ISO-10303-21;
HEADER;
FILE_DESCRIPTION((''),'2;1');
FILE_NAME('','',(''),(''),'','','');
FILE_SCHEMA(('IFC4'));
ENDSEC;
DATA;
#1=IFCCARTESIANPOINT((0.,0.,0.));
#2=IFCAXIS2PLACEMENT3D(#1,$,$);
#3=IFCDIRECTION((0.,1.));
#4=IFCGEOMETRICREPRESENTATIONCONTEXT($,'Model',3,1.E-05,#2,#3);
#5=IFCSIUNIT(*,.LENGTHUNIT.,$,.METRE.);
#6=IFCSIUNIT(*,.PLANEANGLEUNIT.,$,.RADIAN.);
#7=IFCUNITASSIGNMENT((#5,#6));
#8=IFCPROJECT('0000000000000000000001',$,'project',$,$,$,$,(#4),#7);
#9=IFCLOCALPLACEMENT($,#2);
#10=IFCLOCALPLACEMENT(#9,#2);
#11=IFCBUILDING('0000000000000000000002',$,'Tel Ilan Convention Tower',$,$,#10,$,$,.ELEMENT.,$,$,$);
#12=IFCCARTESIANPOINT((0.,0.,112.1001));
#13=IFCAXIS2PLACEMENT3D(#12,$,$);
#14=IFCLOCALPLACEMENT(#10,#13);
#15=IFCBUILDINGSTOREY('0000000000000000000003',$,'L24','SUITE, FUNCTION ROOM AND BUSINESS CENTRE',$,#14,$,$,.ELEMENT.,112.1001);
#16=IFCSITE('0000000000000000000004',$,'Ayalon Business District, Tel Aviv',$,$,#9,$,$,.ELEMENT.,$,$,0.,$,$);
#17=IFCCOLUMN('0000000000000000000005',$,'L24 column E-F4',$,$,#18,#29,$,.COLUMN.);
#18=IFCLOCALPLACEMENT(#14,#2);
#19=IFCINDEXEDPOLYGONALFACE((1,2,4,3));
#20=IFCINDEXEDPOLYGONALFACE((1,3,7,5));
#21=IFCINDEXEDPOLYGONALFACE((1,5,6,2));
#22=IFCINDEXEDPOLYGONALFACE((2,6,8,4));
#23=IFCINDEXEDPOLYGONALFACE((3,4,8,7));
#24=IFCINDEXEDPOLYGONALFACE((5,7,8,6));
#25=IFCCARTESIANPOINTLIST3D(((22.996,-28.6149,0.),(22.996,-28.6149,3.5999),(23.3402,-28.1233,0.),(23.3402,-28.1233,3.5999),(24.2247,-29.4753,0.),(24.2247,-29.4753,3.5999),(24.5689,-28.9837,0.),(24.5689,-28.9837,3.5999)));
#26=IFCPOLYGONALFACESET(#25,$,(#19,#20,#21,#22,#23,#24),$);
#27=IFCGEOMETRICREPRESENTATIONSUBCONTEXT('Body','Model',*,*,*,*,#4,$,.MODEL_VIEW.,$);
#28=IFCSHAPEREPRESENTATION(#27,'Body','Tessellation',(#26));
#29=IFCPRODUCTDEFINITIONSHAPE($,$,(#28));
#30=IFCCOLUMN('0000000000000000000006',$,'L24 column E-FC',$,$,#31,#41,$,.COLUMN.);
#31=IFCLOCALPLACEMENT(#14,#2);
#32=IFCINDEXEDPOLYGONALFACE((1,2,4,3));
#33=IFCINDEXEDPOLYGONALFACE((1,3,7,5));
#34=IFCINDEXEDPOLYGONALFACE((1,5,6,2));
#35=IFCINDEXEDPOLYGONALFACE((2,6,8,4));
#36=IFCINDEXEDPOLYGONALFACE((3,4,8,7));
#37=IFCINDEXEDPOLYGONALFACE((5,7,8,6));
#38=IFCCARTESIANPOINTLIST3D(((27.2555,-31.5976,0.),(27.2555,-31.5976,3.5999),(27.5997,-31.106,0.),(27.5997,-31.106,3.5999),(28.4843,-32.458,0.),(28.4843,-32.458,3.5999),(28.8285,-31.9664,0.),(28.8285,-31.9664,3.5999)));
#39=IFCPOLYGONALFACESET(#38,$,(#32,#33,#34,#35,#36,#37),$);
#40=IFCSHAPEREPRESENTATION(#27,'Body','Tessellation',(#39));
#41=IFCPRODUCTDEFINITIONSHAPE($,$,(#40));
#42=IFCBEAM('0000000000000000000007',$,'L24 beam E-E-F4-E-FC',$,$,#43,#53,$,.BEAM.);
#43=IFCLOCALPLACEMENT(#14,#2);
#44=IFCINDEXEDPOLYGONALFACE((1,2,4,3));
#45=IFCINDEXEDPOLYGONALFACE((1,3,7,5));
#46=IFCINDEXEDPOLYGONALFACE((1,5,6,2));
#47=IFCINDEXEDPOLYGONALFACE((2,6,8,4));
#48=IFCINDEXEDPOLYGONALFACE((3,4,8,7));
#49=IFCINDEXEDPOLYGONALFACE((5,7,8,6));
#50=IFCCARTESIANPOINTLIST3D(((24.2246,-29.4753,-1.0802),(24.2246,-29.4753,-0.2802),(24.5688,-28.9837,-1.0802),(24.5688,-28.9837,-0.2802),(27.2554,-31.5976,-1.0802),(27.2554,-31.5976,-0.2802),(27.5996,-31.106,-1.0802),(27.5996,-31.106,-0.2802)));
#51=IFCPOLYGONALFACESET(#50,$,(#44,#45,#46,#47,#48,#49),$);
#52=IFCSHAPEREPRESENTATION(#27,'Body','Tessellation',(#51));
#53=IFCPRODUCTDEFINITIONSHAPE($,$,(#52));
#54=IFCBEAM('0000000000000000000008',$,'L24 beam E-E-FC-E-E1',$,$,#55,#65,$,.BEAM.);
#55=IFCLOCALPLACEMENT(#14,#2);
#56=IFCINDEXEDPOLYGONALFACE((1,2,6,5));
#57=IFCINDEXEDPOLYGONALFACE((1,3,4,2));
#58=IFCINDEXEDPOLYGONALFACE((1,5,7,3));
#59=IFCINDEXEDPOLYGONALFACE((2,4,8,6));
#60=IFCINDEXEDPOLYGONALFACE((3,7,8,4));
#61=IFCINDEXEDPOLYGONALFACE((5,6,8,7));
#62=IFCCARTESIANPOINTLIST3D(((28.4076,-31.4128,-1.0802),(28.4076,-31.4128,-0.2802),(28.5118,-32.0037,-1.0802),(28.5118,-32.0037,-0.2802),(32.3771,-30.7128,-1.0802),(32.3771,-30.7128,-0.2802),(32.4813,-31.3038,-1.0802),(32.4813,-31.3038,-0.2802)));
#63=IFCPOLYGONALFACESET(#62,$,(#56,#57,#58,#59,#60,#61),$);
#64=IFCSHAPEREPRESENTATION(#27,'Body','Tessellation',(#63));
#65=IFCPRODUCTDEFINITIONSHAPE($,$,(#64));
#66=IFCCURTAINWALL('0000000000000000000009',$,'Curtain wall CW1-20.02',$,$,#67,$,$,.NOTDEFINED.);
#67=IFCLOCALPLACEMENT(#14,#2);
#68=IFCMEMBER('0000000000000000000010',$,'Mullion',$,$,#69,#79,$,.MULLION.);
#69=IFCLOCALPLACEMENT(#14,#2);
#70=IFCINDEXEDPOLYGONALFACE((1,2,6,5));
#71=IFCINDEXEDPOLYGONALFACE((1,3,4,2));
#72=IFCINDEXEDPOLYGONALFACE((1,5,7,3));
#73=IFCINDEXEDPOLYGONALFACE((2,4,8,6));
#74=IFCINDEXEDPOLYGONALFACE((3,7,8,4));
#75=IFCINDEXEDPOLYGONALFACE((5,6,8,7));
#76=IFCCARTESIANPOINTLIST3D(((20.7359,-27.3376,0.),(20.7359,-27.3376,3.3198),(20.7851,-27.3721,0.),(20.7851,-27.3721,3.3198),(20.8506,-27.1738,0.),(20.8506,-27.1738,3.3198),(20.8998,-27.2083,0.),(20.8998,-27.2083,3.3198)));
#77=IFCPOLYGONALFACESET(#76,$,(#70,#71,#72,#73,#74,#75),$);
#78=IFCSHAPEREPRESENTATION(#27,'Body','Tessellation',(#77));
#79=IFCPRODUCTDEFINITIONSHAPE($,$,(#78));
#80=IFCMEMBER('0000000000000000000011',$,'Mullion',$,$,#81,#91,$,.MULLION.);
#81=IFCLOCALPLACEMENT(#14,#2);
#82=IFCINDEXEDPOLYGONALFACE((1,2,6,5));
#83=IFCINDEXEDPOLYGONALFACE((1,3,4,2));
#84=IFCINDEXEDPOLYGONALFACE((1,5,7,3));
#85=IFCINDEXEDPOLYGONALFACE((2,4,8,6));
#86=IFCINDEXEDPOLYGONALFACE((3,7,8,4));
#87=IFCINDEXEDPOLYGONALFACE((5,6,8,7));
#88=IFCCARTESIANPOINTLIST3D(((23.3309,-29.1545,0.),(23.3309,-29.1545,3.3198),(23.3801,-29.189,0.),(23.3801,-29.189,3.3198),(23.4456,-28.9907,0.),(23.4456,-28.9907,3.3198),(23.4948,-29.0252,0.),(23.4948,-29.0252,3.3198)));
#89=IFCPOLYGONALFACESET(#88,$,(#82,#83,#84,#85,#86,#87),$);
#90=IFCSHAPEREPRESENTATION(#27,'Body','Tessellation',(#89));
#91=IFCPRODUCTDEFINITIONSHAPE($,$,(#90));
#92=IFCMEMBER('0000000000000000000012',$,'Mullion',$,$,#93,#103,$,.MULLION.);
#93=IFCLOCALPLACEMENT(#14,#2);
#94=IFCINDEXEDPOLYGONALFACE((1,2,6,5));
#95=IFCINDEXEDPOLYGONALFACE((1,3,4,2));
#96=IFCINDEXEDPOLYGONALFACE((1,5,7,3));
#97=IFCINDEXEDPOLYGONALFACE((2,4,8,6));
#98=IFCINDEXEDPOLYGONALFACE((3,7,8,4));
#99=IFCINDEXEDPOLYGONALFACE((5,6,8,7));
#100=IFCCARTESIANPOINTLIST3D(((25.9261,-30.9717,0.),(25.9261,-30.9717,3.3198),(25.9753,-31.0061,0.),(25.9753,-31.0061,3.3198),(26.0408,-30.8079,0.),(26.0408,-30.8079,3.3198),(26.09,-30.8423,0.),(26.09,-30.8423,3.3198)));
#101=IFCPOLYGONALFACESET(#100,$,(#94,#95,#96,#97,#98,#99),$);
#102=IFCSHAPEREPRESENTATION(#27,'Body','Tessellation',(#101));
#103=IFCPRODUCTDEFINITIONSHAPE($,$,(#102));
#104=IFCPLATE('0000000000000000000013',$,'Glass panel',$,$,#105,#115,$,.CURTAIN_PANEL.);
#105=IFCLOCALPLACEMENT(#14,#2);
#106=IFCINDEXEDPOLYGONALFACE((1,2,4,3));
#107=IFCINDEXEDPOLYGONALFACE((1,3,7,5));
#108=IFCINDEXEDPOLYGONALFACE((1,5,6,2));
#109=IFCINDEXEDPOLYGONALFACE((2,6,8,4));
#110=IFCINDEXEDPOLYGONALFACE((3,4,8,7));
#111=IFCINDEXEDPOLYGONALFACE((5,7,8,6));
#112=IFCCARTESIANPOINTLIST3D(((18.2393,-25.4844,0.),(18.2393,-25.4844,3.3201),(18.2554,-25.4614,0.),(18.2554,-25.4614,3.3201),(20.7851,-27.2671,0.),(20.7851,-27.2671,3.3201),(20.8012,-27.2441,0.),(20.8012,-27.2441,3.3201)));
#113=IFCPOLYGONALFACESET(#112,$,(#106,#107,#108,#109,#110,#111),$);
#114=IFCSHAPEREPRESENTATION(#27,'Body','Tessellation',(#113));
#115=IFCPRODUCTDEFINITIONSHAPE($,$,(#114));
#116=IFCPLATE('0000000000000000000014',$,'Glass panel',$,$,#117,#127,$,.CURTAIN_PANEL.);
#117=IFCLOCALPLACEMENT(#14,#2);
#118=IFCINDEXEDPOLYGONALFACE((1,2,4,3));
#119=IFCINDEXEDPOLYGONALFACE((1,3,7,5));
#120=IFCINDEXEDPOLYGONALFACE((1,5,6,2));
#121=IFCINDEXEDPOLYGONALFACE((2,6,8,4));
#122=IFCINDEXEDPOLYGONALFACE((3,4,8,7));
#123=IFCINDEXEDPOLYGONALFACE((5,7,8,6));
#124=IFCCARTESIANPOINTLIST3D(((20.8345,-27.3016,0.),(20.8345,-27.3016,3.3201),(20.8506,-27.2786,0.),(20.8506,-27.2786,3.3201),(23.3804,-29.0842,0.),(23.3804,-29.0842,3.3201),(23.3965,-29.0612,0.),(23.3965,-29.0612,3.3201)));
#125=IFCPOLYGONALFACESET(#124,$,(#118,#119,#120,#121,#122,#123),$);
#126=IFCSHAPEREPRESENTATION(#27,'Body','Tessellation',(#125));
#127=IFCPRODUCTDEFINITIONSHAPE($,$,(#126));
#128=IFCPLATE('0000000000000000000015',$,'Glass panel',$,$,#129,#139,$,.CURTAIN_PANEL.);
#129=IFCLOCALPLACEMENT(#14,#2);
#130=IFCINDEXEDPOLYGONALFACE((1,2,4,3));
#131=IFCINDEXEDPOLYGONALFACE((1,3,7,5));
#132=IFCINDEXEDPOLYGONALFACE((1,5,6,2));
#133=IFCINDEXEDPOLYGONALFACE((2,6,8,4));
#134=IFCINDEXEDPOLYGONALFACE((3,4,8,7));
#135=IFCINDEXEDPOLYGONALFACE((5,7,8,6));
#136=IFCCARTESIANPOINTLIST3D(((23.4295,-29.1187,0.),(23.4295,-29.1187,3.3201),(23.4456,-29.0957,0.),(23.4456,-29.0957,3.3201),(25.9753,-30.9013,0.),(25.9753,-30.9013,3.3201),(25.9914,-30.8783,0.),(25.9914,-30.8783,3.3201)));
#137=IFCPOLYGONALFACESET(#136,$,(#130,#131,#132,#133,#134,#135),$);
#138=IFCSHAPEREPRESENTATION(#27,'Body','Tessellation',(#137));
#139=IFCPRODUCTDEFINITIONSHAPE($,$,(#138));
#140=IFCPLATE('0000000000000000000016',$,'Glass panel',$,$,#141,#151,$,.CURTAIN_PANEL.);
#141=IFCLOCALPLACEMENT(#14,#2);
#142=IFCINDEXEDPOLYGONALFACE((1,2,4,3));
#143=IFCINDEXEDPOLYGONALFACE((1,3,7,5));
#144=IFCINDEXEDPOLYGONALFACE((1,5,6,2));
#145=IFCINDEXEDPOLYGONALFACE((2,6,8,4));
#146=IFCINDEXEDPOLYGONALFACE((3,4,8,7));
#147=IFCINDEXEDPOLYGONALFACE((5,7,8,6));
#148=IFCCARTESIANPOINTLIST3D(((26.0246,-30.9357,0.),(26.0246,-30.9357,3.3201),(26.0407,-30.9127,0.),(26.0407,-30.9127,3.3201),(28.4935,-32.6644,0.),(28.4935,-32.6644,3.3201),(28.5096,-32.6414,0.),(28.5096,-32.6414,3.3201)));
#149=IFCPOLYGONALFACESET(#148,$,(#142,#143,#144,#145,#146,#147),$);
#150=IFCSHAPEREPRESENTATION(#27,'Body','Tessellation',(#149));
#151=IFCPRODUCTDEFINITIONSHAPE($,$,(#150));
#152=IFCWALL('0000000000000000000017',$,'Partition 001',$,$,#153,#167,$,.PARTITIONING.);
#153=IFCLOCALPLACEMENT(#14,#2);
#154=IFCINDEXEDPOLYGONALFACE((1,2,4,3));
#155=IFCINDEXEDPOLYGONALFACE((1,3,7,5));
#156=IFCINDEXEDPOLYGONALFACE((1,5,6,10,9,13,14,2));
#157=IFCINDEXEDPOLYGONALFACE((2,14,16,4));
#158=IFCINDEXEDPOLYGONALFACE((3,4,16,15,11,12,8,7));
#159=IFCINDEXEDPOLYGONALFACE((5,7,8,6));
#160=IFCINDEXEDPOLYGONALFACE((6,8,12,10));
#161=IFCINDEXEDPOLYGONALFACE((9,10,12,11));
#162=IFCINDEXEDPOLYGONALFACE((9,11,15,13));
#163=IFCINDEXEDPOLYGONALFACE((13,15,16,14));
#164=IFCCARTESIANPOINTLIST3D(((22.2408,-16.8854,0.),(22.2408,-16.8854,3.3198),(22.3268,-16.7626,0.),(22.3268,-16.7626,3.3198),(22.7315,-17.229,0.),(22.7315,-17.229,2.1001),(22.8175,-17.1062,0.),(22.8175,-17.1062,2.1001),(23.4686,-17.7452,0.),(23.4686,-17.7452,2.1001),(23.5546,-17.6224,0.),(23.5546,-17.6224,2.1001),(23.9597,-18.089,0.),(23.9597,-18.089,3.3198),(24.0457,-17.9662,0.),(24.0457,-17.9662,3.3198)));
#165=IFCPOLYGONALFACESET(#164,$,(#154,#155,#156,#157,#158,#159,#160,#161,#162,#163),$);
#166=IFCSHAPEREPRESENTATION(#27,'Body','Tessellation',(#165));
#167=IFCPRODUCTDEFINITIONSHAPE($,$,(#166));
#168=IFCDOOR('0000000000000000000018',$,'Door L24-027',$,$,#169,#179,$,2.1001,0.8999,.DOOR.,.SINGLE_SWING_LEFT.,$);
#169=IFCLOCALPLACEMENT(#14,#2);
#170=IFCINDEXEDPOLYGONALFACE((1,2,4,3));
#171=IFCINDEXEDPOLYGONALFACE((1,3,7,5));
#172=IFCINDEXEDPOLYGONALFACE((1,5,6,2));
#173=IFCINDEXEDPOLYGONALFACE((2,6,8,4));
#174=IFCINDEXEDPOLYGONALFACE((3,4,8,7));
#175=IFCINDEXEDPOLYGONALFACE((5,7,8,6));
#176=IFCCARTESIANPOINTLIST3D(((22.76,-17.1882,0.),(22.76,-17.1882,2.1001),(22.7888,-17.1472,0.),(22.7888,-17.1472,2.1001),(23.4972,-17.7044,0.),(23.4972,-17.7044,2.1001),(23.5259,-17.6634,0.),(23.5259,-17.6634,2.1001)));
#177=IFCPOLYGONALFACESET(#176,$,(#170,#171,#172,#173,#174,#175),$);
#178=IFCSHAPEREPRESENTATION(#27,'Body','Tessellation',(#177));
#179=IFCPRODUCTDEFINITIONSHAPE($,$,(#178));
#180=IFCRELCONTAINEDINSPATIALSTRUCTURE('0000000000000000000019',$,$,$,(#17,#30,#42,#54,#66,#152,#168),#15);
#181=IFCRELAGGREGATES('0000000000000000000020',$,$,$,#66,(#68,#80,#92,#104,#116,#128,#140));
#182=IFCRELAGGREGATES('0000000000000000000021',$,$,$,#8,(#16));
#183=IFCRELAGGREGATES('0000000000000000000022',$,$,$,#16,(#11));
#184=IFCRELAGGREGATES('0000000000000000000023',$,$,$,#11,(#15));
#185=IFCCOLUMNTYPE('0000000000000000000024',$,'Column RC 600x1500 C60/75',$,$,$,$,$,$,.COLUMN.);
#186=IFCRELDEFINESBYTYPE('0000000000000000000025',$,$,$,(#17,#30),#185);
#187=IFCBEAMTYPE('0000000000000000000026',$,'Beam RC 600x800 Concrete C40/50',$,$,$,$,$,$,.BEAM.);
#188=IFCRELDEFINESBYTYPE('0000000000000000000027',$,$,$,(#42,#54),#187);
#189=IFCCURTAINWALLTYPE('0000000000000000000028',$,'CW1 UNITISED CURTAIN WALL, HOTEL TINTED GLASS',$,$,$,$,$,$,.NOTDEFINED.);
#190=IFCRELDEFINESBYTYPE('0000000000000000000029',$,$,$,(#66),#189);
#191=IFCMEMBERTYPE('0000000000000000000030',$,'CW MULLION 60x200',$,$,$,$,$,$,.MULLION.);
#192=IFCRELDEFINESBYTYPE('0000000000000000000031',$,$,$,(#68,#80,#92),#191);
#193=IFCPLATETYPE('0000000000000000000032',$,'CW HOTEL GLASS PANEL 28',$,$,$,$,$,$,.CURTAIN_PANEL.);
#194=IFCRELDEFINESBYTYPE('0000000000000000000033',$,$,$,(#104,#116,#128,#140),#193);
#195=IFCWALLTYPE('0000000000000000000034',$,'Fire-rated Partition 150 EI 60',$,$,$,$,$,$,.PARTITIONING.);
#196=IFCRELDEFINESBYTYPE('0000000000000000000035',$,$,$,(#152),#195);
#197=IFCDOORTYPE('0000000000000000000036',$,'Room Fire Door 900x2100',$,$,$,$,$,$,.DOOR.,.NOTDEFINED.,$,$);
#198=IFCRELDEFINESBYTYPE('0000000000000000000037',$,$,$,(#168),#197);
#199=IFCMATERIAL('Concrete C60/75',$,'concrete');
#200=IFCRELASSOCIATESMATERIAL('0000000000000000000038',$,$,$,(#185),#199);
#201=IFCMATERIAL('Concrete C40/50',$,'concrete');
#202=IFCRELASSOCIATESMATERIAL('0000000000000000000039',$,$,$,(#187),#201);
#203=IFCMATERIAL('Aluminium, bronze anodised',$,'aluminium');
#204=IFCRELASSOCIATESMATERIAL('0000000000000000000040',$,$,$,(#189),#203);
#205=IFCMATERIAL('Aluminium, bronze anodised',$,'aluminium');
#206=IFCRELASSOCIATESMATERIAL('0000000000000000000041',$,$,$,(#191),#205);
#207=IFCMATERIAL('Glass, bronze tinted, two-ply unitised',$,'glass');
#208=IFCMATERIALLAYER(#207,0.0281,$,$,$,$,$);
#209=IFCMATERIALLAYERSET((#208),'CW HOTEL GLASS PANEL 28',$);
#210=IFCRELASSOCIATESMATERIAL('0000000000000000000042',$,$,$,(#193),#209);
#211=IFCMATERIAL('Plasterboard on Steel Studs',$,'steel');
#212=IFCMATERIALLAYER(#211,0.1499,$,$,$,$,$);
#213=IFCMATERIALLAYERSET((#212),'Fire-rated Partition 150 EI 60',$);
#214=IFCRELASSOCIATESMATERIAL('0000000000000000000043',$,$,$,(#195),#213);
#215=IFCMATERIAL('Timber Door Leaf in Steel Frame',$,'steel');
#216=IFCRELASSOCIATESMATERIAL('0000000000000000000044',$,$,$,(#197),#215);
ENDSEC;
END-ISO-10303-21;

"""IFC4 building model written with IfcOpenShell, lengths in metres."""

from ifc_helpers import new_model, si_unit, direction, frame, frame_2d, origin, origin_2d, place, context, subcontext, project, spatial, rectangle, extrude, material, layer, layer_set, material_profile, profile_set, type_object, element, fill, aggregate, save


model = new_model("IFC4")

# Units and contexts
model_context = context("Model", 3, precision=1e-05, world=origin(), true_north=direction((0.0, 1.0)))
body_context = subcontext(model_context, "Body", "Model", "MODEL_VIEW")
ifc_project = project(units=[si_unit("LENGTHUNIT", "METRE"), si_unit("PLANEANGLEUNIT", "RADIAN")], contexts=[model_context])

# Site, building, storey
site_placement = place(None, origin())
site = spatial("IfcSite", under=ifc_project, at=site_placement, Name="Ayalon Business District, Tel Aviv", CompositionType="ELEMENT", RefElevation=0.0)
building_placement = place(site_placement, origin())
building = spatial("IfcBuilding", under=site, at=building_placement, Name="Tel Ilan Convention Tower", CompositionType="ELEMENT")
storey_placement = place(building_placement, frame((0.0, 0.0, 112.1001)))
storey = spatial("IfcBuildingStorey", under=building, at=storey_placement, Name="L24", Description="SUITE, FUNCTION ROOM AND BUSINESS CENTRE", CompositionType="ELEMENT", Elevation=112.1001)

# Columns
ifc_material_1 = material(Name="Concrete C60/75", Category="concrete")
ifc_material_profile_1 = material_profile(ifc_material_1, rectangle(XDim=1.5, YDim=0.6001, at=origin_2d()), Name="RC 600x1500")
ifc_profile_set_1 = profile_set([ifc_material_profile_1], Name="Concrete C60/75")
column_type = type_object("IfcColumnType", Name="Column RC 600x1500 C60/75", PredefinedType="COLUMN", material=ifc_profile_set_1)
for number, where, z_axis, x_axis, name in (
    (1, (23.7825, -28.7993, 0.0), (0.0, 0.0, 1.0), (0.819152, -0.573576, 0.0), "L24 column E-F4"),
    (2, (28.042, -31.782, 0.0), (0.0, 0.0, 1.0), (0.819152, -0.573576, 0.0), "L24 column E-FC"),
):
    element("IfcColumn", number, at=place(storey_placement, frame(where, z_axis=z_axis, x_axis=x_axis)), inside=storey, type_object=column_type, Name=name, PredefinedType="COLUMN", context=body_context, shape_type="SweptSolid", body=[
        extrude(rectangle(XDim=1.5, YDim=0.6001, at=origin_2d()), origin(), (0.0, 0.0, 1.0), 3.5999),
    ])

# Beams
ifc_material_2 = material(Name="Concrete C40/50", Category="concrete")
ifc_material_profile_2 = material_profile(ifc_material_2, rectangle(XDim=0.6001, YDim=0.8, at=origin_2d()), Name="RC 600x800")
ifc_profile_set_2 = profile_set([ifc_material_profile_2], Name="Concrete C40/50")
beam_type = type_object("IfcBeamType", Name="Beam RC 600x800 Concrete C40/50", PredefinedType="BEAM", material=ifc_profile_set_2)
beam_1_placement = place(storey_placement, frame((24.3967, -29.2295, -0.6802), z_axis=(0.819133, -0.573604, 0.0), x_axis=(0.573604, 0.819133, 0.0)))
element("IfcBeam", 3, at=beam_1_placement, inside=storey, type_object=beam_type, Name="L24 beam E-E-F4-E-FC", PredefinedType="BEAM", context=body_context, shape_type="SweptSolid", body=[
    extrude(rectangle(XDim=0.6001, YDim=0.8, at=origin_2d()), origin(), (0.0, 0.0, 1.0), 3.7),
])
beam_2_placement = place(storey_placement, frame((28.4597, -31.7083, -0.6802), z_axis=(0.984807, 0.173654, 0.0), x_axis=(-0.173654, 0.984807, 0.0)))
element("IfcBeam", 4, at=beam_2_placement, inside=storey, type_object=beam_type, Name="L24 beam E-E-FC-E-E1", PredefinedType="BEAM", context=body_context, shape_type="SweptSolid", body=[
    extrude(rectangle(XDim=0.6001, YDim=0.8, at=origin_2d()), origin(), (0.0, 0.0, 1.0), 4.0308),
])

# Curtain wall, members, plates
ifc_material_3 = material(Name="Aluminium, bronze anodised", Category="aluminium")
curtain_wall_type = type_object("IfcCurtainWallType", Name="CW1 UNITISED CURTAIN WALL, HOTEL TINTED GLASS", PredefinedType="NOTDEFINED", material=ifc_material_3)
curtain_wall_placement = place(storey_placement, origin())
curtain_wall = element("IfcCurtainWall", 5, at=curtain_wall_placement, inside=storey, type_object=curtain_wall_type, Name="Curtain wall CW1-20.02", PredefinedType="NOTDEFINED")
ifc_material_4 = material(Name="Aluminium, bronze anodised", Category="aluminium")
ifc_material_profile_3 = material_profile(ifc_material_4, rectangle(XDim=0.0601, YDim=0.2, at=origin_2d()), Name="CW MULLION 60x200")
ifc_profile_set_3 = profile_set([ifc_material_profile_3], Name="Aluminium, bronze anodised")
member_type = type_object("IfcMemberType", Name="CW MULLION 60x200", PredefinedType="MULLION", material=ifc_profile_set_3)
member_1_placement = place(storey_placement, frame((20.8179, -27.2729, 0.0), z_axis=(0.0, 0.0, 1.0), x_axis=(0.819152, -0.573576, 0.0)))
member_1 = element("IfcMember", 6, at=member_1_placement, type_object=member_type, Name="Mullion", PredefinedType="MULLION", context=body_context, shape_type="SweptSolid", body=[
    extrude(rectangle(XDim=0.0601, YDim=0.2, at=origin_2d()), origin(), (0.0, 0.0, 1.0), 3.3198),
])
member_2_placement = place(storey_placement, frame((23.4128, -29.0898, 0.0), z_axis=(0.0, 0.0, 1.0), x_axis=(0.819152, -0.573576, 0.0)))
member_2 = element("IfcMember", 7, at=member_2_placement, type_object=member_type, Name="Mullion", PredefinedType="MULLION", context=body_context, shape_type="SweptSolid", body=[
    extrude(rectangle(XDim=0.0601, YDim=0.2, at=origin_2d()), origin(), (0.0, 0.0, 1.0), 3.3198),
])
member_3_placement = place(storey_placement, frame((26.0081, -30.907, 0.0), z_axis=(0.0, 0.0, 1.0), x_axis=(0.819152, -0.573576, 0.0)))
member_3 = element("IfcMember", 8, at=member_3_placement, type_object=member_type, Name="Mullion", PredefinedType="MULLION", context=body_context, shape_type="SweptSolid", body=[
    extrude(rectangle(XDim=0.0601, YDim=0.2, at=origin_2d()), origin(), (0.0, 0.0, 1.0), 3.3198),
])
ifc_material_5 = material(Name="Glass, bronze tinted, two-ply unitised", Category="glass")
ifc_layer_1 = layer(ifc_material_5, 0.0281)
ifc_layer_set_1 = layer_set([ifc_layer_1], Name="CW HOTEL GLASS PANEL 28")
plate_type = type_object("IfcPlateType", Name="CW HOTEL GLASS PANEL 28", PredefinedType="CURTAIN_PANEL", material=ifc_layer_set_1)
plate_1_placement = place(storey_placement, frame((19.5203, -26.3643, 0.0), z_axis=(0.0, 0.0, 1.0), x_axis=(0.819152, -0.573576, 0.0)))
plate_1 = element("IfcPlate", 9, at=plate_1_placement, type_object=plate_type, Name="Glass panel", PredefinedType="CURTAIN_PANEL", context=body_context, shape_type="SweptSolid", body=[
    extrude(rectangle(XDim=3.1079, YDim=0.0281, at=origin_2d()), origin(), (0.0, 0.0, 1.0), 3.3201),
])
plate_2_placement = place(storey_placement, frame((22.1155, -28.1814, 0.0), z_axis=(0.0, 0.0, 1.0), x_axis=(0.819152, -0.573576, 0.0)))
plate_2 = element("IfcPlate", 10, at=plate_2_placement, type_object=plate_type, Name="Glass panel", PredefinedType="CURTAIN_PANEL", context=body_context, shape_type="SweptSolid", body=[
    extrude(rectangle(XDim=3.1079, YDim=0.0281, at=origin_2d()), origin(), (0.0, 0.0, 1.0), 3.3201),
])
plate_3_placement = place(storey_placement, frame((24.7104, -29.9985, 0.0), z_axis=(0.0, 0.0, 1.0), x_axis=(0.819152, -0.573576, 0.0)))
plate_3 = element("IfcPlate", 11, at=plate_3_placement, type_object=plate_type, Name="Glass panel", PredefinedType="CURTAIN_PANEL", context=body_context, shape_type="SweptSolid", body=[
    extrude(rectangle(XDim=3.1079, YDim=0.0281, at=origin_2d()), origin(), (0.0, 0.0, 1.0), 3.3201),
])
plate_4_placement = place(storey_placement, frame((27.2671, -31.7886, 0.0), z_axis=(0.0, 0.0, 1.0), x_axis=(0.819152, -0.573576, 0.0)))
plate_4 = element("IfcPlate", 12, at=plate_4_placement, type_object=plate_type, Name="Glass panel", PredefinedType="CURTAIN_PANEL", context=body_context, shape_type="SweptSolid", body=[
    extrude(rectangle(XDim=3.0139, YDim=0.0281, at=origin_2d()), origin(), (0.0, 0.0, 1.0), 3.3201),
])
aggregate(curtain_wall, [member_1, member_2, member_3, plate_1, plate_2, plate_3, plate_4])

# Wall, opening, door
ifc_material_6 = material(Name="Plasterboard on Steel Studs", Category="steel")
ifc_layer_2 = layer(ifc_material_6, 0.1499)
ifc_layer_set_2 = layer_set([ifc_layer_2], Name="Fire-rated Partition 150 EI 60")
wall_type_1 = type_object("IfcWallType", Name="Fire-rated Partition 150 EI 60", PredefinedType="PARTITIONING", material=ifc_layer_set_2)
wall_1_placement = place(storey_placement, frame((22.2837, -16.824, 0.0), z_axis=(0.0, 0.0, 1.0), x_axis=(0.819161, -0.573564, 0.0)))
wall_1 = element("IfcWall", 13, at=wall_1_placement, inside=storey, type_object=wall_type_1, Name="Partition 001", PredefinedType="PARTITIONING", context=body_context, shape_type="SweptSolid", body=[
    extrude(rectangle(XDim=2.0984, YDim=0.1499, at=frame_2d((1.0493, 0.0))), origin(), (0.0, 0.0, 1.0), 3.3198),
])
opening_1_placement = place(wall_1_placement, frame((0.5991, 0.0, 0.0)))
opening_1 = element("IfcOpeningElement", 14, at=opening_1_placement, cuts=wall_1, PredefinedType="OPENING", context=body_context, shape_type="SweptSolid", body=[
    extrude(rectangle(XDim=0.8999, YDim=2.1001, at=frame_2d((0.45, 1.05))), frame((0.0, 0.085, 0.0), z_axis=(0.0, -1.0, 0.0), x_axis=(1.0, 0.0, 0.0)), (0.0, 0.0, 1.0), 0.1699),
])
ifc_material_7 = material(Name="Timber Door Leaf in Steel Frame", Category="steel")
door_type_1 = type_object("IfcDoorType", Name="Room Fire Door 900x2100", OperationType="NOTDEFINED", PredefinedType="DOOR", material=ifc_material_7)
door_1_placement = place(opening_1_placement, origin())
door_1 = element("IfcDoor", 15, at=door_1_placement, inside=storey, type_object=door_type_1, Name="Door L24-027", OperationType="SINGLE_SWING_LEFT", OverallHeight=2.1001, OverallWidth=0.8999, PredefinedType="DOOR", context=body_context, shape_type="SweptSolid", body=[
    extrude(rectangle(XDim=0.8999, YDim=2.1001, at=frame_2d((0.45, 1.05))), frame((0.0, 0.0249, 0.0), z_axis=(0.0, -1.0, 0.0), x_axis=(1.0, 0.0, 0.0)), (0.0, 0.0, 1.0), 0.05),
])
fill(opening_1, door_1)

save(model, "model.ifc")
